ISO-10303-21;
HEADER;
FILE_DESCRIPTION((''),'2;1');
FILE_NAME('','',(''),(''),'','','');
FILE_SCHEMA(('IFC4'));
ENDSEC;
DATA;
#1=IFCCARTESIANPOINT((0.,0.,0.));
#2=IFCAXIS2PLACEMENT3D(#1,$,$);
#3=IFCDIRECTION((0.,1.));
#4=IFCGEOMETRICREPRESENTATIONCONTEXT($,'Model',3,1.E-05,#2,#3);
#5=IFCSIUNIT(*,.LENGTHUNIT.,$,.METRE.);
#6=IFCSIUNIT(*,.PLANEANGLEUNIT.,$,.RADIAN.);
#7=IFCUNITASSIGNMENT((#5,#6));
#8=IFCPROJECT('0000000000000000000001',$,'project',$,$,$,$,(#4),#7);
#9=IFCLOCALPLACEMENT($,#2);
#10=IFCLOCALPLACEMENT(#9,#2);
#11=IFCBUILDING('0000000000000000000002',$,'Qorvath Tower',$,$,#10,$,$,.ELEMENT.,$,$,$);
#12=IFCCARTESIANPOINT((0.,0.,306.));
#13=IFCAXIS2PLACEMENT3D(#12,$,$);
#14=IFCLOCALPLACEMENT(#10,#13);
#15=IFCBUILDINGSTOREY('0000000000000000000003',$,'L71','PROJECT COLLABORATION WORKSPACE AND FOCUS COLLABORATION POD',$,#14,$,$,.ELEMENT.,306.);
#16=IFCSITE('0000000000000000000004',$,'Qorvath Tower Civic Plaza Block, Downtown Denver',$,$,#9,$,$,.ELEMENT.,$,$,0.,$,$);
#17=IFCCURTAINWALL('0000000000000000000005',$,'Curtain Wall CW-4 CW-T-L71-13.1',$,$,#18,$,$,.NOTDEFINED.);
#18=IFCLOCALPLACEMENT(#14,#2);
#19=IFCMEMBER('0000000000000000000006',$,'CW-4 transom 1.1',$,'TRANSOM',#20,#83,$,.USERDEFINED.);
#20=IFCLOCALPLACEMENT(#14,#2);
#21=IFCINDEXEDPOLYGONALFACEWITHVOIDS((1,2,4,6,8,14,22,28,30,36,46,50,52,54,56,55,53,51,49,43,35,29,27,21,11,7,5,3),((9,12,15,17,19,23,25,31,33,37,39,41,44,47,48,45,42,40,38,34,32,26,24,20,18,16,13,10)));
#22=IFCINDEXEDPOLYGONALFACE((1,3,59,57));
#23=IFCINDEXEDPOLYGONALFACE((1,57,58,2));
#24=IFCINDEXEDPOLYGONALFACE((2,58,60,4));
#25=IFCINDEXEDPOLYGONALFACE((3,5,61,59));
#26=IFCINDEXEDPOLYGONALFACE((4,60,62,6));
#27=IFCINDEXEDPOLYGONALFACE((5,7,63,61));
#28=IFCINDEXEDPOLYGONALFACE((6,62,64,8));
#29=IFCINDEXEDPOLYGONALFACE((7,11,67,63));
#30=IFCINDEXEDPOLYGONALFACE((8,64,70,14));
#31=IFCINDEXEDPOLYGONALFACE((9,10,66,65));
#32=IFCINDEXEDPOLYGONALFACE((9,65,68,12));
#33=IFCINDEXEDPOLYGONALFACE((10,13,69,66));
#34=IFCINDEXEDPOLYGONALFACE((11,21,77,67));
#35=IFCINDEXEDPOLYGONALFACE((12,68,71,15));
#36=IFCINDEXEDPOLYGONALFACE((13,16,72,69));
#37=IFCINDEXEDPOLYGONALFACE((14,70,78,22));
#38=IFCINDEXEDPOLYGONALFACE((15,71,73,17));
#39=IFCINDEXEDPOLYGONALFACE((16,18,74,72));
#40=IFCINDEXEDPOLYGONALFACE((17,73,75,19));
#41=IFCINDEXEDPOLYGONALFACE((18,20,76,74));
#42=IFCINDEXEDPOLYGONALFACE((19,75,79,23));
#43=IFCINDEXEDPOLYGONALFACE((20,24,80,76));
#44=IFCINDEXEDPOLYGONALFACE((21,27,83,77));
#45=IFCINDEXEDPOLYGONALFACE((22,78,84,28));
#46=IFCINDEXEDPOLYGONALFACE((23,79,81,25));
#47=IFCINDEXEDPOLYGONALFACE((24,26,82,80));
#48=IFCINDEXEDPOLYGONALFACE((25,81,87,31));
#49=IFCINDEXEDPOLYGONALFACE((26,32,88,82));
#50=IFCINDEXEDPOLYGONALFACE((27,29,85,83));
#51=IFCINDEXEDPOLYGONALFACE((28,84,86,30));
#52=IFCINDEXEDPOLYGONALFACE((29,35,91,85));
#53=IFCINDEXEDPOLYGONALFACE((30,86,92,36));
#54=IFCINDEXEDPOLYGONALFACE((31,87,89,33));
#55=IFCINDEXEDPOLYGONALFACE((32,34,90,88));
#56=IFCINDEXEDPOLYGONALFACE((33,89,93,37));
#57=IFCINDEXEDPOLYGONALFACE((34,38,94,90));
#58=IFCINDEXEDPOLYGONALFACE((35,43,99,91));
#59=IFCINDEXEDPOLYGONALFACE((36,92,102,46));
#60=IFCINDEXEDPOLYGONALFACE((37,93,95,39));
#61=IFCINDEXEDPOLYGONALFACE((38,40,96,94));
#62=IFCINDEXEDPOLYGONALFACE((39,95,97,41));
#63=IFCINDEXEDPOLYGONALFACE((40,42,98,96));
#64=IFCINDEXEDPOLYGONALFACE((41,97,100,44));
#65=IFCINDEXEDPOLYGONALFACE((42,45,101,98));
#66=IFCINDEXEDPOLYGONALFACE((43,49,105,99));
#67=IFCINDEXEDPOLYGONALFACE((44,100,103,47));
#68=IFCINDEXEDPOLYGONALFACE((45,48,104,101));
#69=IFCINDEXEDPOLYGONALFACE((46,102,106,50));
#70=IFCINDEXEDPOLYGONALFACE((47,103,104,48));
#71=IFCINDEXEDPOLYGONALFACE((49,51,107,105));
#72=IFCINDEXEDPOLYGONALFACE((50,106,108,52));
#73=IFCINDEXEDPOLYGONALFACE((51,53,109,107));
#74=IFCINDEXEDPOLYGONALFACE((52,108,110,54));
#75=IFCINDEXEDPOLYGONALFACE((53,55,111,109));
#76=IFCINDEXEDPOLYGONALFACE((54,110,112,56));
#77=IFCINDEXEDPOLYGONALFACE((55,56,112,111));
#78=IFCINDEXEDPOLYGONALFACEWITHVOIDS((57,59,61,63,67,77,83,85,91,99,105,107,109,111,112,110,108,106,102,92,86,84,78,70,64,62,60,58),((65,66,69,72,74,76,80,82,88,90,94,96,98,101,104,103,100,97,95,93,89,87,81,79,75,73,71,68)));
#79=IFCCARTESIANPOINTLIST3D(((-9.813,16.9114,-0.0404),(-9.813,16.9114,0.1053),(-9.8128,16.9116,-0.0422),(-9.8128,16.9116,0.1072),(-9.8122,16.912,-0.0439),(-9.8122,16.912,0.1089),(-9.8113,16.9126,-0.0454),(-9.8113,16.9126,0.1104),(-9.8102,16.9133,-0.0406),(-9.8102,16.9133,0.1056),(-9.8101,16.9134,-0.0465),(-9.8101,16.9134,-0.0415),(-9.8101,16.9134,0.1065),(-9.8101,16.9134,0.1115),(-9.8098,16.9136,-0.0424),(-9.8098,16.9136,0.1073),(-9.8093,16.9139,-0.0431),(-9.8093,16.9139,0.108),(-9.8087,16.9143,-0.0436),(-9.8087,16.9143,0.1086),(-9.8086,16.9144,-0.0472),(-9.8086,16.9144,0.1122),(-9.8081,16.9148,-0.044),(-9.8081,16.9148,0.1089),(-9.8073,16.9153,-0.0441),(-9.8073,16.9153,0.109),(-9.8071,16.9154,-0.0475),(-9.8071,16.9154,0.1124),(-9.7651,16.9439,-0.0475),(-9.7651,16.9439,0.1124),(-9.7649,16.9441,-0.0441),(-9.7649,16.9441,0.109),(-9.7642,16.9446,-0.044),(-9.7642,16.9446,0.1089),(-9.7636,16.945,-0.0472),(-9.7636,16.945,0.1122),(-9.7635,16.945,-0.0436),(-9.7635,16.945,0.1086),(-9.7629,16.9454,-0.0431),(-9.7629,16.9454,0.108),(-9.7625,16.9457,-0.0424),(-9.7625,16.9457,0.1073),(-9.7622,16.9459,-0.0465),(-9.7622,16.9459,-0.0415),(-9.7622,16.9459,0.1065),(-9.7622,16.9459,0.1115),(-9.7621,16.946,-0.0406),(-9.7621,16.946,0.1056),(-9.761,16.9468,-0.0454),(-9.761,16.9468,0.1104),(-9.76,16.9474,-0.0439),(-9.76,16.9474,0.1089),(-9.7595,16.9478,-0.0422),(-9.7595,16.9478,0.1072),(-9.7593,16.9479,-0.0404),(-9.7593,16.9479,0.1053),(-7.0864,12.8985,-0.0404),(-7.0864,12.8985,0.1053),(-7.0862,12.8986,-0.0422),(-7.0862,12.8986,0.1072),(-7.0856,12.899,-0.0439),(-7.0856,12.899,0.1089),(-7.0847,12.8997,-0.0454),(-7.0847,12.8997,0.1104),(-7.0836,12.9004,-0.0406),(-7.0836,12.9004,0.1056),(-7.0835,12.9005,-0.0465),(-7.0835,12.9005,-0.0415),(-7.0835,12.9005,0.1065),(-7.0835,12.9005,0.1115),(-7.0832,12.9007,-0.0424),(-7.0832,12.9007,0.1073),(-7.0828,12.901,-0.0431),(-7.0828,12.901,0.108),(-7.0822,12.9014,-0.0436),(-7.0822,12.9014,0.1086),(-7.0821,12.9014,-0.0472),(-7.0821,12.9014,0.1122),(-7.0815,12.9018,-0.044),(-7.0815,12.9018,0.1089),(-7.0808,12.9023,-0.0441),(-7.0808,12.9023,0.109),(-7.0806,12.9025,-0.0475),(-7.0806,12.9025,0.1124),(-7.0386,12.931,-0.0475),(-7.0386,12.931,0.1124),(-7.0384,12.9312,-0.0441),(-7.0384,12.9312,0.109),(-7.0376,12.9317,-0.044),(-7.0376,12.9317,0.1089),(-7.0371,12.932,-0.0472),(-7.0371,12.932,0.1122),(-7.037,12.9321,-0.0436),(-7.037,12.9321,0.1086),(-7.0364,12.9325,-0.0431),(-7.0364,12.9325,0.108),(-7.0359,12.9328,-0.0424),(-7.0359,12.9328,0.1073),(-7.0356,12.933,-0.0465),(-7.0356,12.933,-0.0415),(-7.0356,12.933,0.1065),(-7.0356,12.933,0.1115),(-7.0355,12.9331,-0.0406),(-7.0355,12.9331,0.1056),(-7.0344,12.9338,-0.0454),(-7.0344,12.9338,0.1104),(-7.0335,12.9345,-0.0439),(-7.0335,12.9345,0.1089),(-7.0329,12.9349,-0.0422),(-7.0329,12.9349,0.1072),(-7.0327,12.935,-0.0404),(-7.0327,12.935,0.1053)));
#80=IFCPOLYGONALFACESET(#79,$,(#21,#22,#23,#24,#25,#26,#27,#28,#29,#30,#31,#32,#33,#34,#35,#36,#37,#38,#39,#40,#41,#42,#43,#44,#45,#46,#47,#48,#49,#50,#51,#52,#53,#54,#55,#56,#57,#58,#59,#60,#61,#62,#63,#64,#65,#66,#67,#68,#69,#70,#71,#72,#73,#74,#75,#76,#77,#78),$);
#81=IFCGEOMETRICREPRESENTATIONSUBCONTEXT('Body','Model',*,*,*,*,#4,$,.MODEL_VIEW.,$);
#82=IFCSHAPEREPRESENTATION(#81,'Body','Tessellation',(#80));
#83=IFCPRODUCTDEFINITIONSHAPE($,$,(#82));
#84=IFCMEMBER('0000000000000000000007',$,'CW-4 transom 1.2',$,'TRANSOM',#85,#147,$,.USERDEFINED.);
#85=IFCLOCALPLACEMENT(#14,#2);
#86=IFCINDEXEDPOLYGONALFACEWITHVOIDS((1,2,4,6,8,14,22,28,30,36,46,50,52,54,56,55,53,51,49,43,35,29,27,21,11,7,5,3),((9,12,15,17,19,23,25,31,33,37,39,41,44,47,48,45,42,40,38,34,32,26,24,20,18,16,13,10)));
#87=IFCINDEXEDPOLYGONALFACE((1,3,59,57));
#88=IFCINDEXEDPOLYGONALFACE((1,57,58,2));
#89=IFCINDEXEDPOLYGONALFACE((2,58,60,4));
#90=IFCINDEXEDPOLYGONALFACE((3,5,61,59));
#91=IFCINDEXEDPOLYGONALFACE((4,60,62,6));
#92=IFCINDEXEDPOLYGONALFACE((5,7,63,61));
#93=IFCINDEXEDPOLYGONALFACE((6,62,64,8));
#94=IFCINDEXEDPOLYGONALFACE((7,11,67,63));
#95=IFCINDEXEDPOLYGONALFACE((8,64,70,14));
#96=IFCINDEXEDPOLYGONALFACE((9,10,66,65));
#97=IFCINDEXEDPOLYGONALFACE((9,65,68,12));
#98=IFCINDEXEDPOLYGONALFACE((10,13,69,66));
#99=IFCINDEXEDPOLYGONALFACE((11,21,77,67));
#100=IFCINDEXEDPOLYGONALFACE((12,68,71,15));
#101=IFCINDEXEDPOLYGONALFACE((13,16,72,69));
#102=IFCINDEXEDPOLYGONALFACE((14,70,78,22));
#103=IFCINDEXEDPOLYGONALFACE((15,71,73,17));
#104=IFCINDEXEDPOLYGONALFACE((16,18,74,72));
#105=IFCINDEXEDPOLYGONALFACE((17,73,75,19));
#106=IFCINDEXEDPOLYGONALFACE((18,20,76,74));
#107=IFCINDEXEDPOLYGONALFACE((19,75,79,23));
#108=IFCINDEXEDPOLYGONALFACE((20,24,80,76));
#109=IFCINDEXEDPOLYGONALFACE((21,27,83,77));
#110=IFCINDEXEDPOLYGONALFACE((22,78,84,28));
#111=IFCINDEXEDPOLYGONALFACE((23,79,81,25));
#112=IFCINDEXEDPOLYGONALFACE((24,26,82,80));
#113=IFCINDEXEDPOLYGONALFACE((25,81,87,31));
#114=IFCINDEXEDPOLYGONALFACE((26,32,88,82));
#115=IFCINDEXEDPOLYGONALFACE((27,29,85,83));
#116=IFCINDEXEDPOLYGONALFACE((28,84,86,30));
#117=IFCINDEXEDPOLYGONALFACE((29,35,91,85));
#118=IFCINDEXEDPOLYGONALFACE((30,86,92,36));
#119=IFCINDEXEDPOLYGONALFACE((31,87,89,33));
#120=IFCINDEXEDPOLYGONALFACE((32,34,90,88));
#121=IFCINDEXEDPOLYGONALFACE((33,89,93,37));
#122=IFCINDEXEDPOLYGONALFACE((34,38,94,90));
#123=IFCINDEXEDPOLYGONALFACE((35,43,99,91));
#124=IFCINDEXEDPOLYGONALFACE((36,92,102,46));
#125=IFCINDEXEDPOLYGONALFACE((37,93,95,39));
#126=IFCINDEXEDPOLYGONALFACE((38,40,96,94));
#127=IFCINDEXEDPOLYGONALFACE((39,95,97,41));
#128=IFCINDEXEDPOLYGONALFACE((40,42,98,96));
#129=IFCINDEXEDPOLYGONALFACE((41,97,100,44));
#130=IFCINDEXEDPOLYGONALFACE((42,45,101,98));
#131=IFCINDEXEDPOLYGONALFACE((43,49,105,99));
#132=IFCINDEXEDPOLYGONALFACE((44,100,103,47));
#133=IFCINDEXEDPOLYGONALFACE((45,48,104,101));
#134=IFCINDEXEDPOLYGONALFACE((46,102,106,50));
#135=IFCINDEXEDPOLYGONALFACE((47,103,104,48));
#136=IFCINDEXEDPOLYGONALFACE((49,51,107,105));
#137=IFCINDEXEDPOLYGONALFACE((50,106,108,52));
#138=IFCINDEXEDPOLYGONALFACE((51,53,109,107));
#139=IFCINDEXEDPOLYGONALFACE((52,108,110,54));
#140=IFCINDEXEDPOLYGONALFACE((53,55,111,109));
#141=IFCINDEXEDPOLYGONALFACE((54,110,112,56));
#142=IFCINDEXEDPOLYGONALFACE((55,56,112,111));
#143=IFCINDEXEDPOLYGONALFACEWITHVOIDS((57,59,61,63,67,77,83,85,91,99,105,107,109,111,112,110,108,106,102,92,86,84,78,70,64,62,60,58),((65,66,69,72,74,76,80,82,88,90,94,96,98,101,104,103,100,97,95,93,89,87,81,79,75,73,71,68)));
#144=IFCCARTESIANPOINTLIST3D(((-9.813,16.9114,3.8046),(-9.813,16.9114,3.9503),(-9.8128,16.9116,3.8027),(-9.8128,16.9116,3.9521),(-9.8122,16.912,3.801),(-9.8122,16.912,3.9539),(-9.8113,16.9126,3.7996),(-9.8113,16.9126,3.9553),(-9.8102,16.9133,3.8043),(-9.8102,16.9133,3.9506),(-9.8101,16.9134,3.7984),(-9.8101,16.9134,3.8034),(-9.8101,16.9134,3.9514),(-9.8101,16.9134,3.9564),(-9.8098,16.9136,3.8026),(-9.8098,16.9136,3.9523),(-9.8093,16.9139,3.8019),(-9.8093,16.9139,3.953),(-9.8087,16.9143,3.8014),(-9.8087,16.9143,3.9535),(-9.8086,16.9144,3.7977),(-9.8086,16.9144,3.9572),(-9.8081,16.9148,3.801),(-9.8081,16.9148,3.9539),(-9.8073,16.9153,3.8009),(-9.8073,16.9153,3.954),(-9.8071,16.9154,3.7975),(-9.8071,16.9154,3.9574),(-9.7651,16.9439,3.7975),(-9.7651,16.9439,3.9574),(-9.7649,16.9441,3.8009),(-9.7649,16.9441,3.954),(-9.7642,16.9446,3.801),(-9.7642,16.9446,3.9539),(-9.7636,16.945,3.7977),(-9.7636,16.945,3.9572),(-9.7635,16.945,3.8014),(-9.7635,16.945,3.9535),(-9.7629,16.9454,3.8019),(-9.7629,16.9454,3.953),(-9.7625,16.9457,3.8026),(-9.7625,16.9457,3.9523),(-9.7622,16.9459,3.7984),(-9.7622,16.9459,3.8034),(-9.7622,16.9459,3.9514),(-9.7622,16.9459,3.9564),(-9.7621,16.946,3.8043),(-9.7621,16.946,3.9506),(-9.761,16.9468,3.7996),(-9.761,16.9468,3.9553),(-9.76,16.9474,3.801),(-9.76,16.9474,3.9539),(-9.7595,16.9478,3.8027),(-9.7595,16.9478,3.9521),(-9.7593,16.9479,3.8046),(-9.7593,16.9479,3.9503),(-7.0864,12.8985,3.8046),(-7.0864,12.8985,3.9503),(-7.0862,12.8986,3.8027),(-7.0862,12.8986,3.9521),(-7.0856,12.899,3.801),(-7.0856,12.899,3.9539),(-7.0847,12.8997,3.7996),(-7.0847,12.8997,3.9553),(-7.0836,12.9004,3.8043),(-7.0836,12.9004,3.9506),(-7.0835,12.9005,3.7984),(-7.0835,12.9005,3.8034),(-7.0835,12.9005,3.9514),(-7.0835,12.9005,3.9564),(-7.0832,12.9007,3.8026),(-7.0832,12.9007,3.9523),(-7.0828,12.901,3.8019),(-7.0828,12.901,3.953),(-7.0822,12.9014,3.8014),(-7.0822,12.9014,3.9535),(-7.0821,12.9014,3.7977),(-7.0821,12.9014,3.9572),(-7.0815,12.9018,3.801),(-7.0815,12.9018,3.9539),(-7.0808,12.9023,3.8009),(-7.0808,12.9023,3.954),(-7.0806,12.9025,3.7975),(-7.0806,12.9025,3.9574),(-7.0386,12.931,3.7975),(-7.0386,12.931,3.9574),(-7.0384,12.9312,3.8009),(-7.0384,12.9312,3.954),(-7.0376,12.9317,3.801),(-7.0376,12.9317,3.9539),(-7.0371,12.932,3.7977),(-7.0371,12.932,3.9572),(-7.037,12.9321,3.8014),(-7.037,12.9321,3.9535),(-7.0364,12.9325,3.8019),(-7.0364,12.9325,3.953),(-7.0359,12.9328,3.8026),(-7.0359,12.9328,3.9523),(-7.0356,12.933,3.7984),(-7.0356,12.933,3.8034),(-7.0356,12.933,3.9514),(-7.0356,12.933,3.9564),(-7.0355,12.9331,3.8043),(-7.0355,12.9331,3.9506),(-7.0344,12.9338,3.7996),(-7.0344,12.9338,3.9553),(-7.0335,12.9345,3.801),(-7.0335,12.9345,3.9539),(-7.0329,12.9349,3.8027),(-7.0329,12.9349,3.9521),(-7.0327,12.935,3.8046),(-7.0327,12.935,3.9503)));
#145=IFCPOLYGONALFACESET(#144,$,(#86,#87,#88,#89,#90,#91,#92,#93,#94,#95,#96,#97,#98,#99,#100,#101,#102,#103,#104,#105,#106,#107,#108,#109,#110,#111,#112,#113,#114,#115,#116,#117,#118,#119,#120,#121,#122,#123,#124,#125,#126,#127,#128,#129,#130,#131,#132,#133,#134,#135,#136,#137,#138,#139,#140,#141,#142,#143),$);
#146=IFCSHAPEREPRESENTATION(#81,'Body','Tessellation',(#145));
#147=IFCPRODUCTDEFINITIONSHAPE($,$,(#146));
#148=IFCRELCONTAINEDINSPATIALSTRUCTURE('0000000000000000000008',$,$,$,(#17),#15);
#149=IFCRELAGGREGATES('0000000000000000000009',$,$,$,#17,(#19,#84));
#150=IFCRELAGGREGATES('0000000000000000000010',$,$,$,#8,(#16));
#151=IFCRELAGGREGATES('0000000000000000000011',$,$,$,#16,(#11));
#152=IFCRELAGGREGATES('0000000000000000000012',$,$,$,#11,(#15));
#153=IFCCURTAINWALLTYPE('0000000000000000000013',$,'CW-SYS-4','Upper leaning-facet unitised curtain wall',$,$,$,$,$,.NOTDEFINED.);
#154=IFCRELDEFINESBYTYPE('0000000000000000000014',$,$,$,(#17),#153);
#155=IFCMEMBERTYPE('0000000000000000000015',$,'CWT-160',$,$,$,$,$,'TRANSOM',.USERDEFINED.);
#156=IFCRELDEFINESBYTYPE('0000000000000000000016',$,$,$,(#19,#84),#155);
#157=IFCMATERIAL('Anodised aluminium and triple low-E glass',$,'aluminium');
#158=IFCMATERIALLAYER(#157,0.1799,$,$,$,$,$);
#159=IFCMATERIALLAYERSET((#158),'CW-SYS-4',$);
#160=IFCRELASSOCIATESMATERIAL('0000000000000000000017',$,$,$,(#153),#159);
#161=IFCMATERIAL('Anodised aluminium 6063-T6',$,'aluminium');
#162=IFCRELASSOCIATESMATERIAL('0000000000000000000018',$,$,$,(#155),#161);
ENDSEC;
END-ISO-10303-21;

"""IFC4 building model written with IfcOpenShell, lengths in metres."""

from ifc_helpers import new_model, si_unit, direction, frame, origin, origin_2d, place, context, subcontext, project, spatial, hollow_rectangle, extrude, material, layer, layer_set, material_profile, profile_set, type_object, element, aggregate, save


model = new_model("IFC4")

# Units and contexts
model_context = context("Model", 3, precision=1e-05, world=origin(), true_north=direction((0.0, 1.0)))
body_context = subcontext(model_context, "Body", "Model", "MODEL_VIEW")
ifc_project = project(units=[si_unit("LENGTHUNIT", "METRE"), si_unit("PLANEANGLEUNIT", "RADIAN")], contexts=[model_context])

# Site, building, storey
site_placement = place(None, origin())
site = spatial("IfcSite", under=ifc_project, at=site_placement, Name="Qorvath Tower Civic Plaza Block, Downtown Denver", CompositionType="ELEMENT", RefElevation=0.0)
building_placement = place(site_placement, origin())
building = spatial("IfcBuilding", under=site, at=building_placement, Name="Qorvath Tower", CompositionType="ELEMENT")
storey_placement = place(building_placement, frame((0.0, 0.0, 306.0)))
storey = spatial("IfcBuildingStorey", under=building, at=storey_placement, Name="L71", Description="PROJECT COLLABORATION WORKSPACE AND FOCUS COLLABORATION POD", CompositionType="ELEMENT", Elevation=306.0)

# Shared definitions
ifc_material_1 = material(Name="Anodised aluminium and triple low-E glass", Category="aluminium")
ifc_layer_1 = layer(ifc_material_1, 0.1799)
ifc_layer_set_1 = layer_set([ifc_layer_1], Name="CW-SYS-4")
curtain_wall_type = type_object("IfcCurtainWallType", Name="CW-SYS-4", Description="Upper leaning-facet unitised curtain wall", PredefinedType="NOTDEFINED", material=ifc_layer_set_1)

# Curtain wall
curtain_wall_1_placement = place(storey_placement, origin())
curtain_wall_1 = element("IfcCurtainWall", 1, at=curtain_wall_1_placement, inside=storey, type_object=curtain_wall_type, Name="Curtain Wall CW-4 CW-T-L71-13.1", PredefinedType="NOTDEFINED")

# Members
ifc_material_2 = material(Name="Anodised aluminium 6063-T6", Category="aluminium")
ifc_material_profile_1 = material_profile(ifc_material_2, hollow_rectangle(XDim=0.0649, YDim=0.1599, WallThickness=0.0034, InnerFilletRadius=0.0034, OuterFilletRadius=0.0071, at=origin_2d()), Name="CWT 160x65")
ifc_profile_set_1 = profile_set([ifc_material_profile_1], Name="Anodised aluminium 6063-T6")
member_type_1 = type_object("IfcMemberType", Name="CWT-160", ElementType="TRANSOM", PredefinedType="USERDEFINED", material=ifc_profile_set_1)
member_1_placement = place(storey_placement, frame((-7.0596, 12.9167, 0.0325), z_axis=(-0.561995, 0.827141, 0.0), x_axis=(-0.827141, -0.561995, 0.0)))
member_1 = element("IfcMember", 2, at=member_1_placement, type_object=member_type_1, Name="CW-4 transom 1.1", ObjectType="TRANSOM", PredefinedType="USERDEFINED", context=body_context, shape_type="SweptSolid", body=[
    extrude(hollow_rectangle(XDim=0.0649, YDim=0.1599, WallThickness=0.0034, InnerFilletRadius=0.0034, OuterFilletRadius=0.0071, at=origin_2d()), origin(), (0.0, 0.0, 1.0), 4.8516),
])
member_2_placement = place(storey_placement, frame((-7.0596, 12.9167, 3.8774), z_axis=(-0.561995, 0.827141, 0.0), x_axis=(-0.827141, -0.561995, 0.0)))
member_2 = element("IfcMember", 3, at=member_2_placement, type_object=member_type_1, Name="CW-4 transom 1.2", ObjectType="TRANSOM", PredefinedType="USERDEFINED", context=body_context, shape_type="SweptSolid", body=[
    extrude(hollow_rectangle(XDim=0.0649, YDim=0.1599, WallThickness=0.0034, InnerFilletRadius=0.0034, OuterFilletRadius=0.0071, at=origin_2d()), origin(), (0.0, 0.0, 1.0), 4.8516),
])

aggregate(curtain_wall_1, [member_1, member_2])

save(model, "model.ifc")
